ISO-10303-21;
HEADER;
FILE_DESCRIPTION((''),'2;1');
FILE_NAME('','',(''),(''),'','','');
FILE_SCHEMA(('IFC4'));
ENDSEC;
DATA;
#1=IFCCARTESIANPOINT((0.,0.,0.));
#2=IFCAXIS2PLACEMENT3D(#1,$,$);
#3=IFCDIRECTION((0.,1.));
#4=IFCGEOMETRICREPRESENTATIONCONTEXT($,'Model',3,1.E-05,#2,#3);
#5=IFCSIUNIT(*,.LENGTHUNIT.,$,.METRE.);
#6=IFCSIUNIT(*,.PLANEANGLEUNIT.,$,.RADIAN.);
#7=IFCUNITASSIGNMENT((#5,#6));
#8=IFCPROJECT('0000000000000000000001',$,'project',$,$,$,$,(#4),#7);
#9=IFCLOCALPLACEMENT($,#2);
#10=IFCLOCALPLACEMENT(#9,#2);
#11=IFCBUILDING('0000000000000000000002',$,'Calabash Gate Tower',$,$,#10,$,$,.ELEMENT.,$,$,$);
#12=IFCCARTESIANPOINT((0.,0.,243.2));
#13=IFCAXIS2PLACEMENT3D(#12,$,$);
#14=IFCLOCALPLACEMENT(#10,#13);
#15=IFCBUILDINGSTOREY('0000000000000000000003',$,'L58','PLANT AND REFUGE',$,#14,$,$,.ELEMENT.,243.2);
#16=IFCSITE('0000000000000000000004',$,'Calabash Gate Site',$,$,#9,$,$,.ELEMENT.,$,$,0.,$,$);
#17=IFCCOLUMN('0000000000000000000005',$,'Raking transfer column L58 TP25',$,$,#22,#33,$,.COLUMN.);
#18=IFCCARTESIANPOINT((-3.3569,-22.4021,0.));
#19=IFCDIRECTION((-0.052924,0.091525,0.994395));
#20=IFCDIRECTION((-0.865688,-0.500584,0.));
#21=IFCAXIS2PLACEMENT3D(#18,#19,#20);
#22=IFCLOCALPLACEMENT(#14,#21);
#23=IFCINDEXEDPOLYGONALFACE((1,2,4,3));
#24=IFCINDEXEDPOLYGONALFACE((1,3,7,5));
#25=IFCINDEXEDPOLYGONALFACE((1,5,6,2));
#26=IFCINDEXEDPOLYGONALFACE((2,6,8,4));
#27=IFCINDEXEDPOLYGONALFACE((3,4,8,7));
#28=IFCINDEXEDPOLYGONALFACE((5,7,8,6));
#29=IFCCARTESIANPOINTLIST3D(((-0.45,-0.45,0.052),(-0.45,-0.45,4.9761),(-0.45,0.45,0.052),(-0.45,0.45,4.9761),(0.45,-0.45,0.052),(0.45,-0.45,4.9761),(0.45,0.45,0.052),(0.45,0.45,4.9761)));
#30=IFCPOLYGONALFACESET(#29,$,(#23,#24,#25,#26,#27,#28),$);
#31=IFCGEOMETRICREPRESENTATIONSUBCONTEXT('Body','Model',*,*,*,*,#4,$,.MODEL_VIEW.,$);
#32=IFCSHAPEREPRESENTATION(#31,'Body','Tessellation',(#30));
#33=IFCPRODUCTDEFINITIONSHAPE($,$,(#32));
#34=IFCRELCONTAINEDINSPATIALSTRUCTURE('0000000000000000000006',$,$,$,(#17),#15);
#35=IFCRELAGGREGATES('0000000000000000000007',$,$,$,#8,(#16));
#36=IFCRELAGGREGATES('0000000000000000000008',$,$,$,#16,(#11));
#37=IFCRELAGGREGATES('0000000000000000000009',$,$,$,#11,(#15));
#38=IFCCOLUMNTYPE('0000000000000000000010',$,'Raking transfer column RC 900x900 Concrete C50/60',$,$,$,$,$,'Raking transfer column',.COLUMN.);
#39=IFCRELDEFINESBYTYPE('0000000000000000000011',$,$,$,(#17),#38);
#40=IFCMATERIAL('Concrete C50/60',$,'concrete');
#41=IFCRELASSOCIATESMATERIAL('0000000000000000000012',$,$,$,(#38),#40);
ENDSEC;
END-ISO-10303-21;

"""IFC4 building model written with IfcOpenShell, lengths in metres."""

from ifc_helpers import new_model, si_unit, direction, frame, origin, origin_2d, place, context, subcontext, project, spatial, rectangle, extrude, clip, halfspace, material, material_profile, profile_set, type_object, element, save


model = new_model("IFC4")

# Units and contexts
model_context = context("Model", 3, precision=1e-05, world=origin(), true_north=direction((0.0, 1.0)))
body_context = subcontext(model_context, "Body", "Model", "MODEL_VIEW")
ifc_project = project(units=[si_unit("LENGTHUNIT", "METRE"), si_unit("PLANEANGLEUNIT", "RADIAN")], contexts=[model_context])

# Site, building, storey
site_placement = place(None, origin())
site = spatial("IfcSite", under=ifc_project, at=site_placement, Name="Calabash Gate Site", CompositionType="ELEMENT", RefElevation=0.0)
building_placement = place(site_placement, origin())
building = spatial("IfcBuilding", under=site, at=building_placement, Name="Calabash Gate Tower", CompositionType="ELEMENT")
storey_placement = place(building_placement, frame((0.0, 0.0, 243.2)))
storey = spatial("IfcBuildingStorey", under=building, at=storey_placement, Name="L58", Description="PLANT AND REFUGE", CompositionType="ELEMENT", Elevation=243.2)

# Column
ifc_material_1 = material(Name="Concrete C50/60", Category="concrete")
ifc_material_profile_1 = material_profile(ifc_material_1, rectangle(XDim=0.8999, YDim=0.8999, at=origin_2d()))
ifc_profile_set_1 = profile_set([ifc_material_profile_1], Name="Concrete C50/60")
column_type = type_object("IfcColumnType", Name="Raking transfer column RC 900x900 Concrete C50/60", ElementType="Raking transfer column", PredefinedType="COLUMN", material=ifc_profile_set_1)
column_placement = place(storey_placement, frame((-3.3569, -22.4021, 0.0), z_axis=(-0.052924, 0.091525, 0.994395), x_axis=(-0.865688, -0.500584, 0.0)))
element("IfcColumn", 1, at=column_placement, inside=storey, type_object=column_type, Name="Raking transfer column L58 TP25", PredefinedType="COLUMN", context=body_context, shape_type="Clipping", body=[
    clip(clip(extrude(rectangle(XDim=0.8999, YDim=0.8999, at=origin_2d()), origin(), (0.0, 0.0, 1.0), 5.0281), halfspace(frame((0.0, 0.0, 0.052), z_axis=(0.0, 0.0, 1.0), x_axis=(1.0, 0.0, 0.0)), True)), halfspace(frame((0.0, 0.0, 4.9761), z_axis=(0.0, 0.0, 1.0), x_axis=(1.0, 0.0, 0.0)), False)),
])

save(model, "model.ifc")
